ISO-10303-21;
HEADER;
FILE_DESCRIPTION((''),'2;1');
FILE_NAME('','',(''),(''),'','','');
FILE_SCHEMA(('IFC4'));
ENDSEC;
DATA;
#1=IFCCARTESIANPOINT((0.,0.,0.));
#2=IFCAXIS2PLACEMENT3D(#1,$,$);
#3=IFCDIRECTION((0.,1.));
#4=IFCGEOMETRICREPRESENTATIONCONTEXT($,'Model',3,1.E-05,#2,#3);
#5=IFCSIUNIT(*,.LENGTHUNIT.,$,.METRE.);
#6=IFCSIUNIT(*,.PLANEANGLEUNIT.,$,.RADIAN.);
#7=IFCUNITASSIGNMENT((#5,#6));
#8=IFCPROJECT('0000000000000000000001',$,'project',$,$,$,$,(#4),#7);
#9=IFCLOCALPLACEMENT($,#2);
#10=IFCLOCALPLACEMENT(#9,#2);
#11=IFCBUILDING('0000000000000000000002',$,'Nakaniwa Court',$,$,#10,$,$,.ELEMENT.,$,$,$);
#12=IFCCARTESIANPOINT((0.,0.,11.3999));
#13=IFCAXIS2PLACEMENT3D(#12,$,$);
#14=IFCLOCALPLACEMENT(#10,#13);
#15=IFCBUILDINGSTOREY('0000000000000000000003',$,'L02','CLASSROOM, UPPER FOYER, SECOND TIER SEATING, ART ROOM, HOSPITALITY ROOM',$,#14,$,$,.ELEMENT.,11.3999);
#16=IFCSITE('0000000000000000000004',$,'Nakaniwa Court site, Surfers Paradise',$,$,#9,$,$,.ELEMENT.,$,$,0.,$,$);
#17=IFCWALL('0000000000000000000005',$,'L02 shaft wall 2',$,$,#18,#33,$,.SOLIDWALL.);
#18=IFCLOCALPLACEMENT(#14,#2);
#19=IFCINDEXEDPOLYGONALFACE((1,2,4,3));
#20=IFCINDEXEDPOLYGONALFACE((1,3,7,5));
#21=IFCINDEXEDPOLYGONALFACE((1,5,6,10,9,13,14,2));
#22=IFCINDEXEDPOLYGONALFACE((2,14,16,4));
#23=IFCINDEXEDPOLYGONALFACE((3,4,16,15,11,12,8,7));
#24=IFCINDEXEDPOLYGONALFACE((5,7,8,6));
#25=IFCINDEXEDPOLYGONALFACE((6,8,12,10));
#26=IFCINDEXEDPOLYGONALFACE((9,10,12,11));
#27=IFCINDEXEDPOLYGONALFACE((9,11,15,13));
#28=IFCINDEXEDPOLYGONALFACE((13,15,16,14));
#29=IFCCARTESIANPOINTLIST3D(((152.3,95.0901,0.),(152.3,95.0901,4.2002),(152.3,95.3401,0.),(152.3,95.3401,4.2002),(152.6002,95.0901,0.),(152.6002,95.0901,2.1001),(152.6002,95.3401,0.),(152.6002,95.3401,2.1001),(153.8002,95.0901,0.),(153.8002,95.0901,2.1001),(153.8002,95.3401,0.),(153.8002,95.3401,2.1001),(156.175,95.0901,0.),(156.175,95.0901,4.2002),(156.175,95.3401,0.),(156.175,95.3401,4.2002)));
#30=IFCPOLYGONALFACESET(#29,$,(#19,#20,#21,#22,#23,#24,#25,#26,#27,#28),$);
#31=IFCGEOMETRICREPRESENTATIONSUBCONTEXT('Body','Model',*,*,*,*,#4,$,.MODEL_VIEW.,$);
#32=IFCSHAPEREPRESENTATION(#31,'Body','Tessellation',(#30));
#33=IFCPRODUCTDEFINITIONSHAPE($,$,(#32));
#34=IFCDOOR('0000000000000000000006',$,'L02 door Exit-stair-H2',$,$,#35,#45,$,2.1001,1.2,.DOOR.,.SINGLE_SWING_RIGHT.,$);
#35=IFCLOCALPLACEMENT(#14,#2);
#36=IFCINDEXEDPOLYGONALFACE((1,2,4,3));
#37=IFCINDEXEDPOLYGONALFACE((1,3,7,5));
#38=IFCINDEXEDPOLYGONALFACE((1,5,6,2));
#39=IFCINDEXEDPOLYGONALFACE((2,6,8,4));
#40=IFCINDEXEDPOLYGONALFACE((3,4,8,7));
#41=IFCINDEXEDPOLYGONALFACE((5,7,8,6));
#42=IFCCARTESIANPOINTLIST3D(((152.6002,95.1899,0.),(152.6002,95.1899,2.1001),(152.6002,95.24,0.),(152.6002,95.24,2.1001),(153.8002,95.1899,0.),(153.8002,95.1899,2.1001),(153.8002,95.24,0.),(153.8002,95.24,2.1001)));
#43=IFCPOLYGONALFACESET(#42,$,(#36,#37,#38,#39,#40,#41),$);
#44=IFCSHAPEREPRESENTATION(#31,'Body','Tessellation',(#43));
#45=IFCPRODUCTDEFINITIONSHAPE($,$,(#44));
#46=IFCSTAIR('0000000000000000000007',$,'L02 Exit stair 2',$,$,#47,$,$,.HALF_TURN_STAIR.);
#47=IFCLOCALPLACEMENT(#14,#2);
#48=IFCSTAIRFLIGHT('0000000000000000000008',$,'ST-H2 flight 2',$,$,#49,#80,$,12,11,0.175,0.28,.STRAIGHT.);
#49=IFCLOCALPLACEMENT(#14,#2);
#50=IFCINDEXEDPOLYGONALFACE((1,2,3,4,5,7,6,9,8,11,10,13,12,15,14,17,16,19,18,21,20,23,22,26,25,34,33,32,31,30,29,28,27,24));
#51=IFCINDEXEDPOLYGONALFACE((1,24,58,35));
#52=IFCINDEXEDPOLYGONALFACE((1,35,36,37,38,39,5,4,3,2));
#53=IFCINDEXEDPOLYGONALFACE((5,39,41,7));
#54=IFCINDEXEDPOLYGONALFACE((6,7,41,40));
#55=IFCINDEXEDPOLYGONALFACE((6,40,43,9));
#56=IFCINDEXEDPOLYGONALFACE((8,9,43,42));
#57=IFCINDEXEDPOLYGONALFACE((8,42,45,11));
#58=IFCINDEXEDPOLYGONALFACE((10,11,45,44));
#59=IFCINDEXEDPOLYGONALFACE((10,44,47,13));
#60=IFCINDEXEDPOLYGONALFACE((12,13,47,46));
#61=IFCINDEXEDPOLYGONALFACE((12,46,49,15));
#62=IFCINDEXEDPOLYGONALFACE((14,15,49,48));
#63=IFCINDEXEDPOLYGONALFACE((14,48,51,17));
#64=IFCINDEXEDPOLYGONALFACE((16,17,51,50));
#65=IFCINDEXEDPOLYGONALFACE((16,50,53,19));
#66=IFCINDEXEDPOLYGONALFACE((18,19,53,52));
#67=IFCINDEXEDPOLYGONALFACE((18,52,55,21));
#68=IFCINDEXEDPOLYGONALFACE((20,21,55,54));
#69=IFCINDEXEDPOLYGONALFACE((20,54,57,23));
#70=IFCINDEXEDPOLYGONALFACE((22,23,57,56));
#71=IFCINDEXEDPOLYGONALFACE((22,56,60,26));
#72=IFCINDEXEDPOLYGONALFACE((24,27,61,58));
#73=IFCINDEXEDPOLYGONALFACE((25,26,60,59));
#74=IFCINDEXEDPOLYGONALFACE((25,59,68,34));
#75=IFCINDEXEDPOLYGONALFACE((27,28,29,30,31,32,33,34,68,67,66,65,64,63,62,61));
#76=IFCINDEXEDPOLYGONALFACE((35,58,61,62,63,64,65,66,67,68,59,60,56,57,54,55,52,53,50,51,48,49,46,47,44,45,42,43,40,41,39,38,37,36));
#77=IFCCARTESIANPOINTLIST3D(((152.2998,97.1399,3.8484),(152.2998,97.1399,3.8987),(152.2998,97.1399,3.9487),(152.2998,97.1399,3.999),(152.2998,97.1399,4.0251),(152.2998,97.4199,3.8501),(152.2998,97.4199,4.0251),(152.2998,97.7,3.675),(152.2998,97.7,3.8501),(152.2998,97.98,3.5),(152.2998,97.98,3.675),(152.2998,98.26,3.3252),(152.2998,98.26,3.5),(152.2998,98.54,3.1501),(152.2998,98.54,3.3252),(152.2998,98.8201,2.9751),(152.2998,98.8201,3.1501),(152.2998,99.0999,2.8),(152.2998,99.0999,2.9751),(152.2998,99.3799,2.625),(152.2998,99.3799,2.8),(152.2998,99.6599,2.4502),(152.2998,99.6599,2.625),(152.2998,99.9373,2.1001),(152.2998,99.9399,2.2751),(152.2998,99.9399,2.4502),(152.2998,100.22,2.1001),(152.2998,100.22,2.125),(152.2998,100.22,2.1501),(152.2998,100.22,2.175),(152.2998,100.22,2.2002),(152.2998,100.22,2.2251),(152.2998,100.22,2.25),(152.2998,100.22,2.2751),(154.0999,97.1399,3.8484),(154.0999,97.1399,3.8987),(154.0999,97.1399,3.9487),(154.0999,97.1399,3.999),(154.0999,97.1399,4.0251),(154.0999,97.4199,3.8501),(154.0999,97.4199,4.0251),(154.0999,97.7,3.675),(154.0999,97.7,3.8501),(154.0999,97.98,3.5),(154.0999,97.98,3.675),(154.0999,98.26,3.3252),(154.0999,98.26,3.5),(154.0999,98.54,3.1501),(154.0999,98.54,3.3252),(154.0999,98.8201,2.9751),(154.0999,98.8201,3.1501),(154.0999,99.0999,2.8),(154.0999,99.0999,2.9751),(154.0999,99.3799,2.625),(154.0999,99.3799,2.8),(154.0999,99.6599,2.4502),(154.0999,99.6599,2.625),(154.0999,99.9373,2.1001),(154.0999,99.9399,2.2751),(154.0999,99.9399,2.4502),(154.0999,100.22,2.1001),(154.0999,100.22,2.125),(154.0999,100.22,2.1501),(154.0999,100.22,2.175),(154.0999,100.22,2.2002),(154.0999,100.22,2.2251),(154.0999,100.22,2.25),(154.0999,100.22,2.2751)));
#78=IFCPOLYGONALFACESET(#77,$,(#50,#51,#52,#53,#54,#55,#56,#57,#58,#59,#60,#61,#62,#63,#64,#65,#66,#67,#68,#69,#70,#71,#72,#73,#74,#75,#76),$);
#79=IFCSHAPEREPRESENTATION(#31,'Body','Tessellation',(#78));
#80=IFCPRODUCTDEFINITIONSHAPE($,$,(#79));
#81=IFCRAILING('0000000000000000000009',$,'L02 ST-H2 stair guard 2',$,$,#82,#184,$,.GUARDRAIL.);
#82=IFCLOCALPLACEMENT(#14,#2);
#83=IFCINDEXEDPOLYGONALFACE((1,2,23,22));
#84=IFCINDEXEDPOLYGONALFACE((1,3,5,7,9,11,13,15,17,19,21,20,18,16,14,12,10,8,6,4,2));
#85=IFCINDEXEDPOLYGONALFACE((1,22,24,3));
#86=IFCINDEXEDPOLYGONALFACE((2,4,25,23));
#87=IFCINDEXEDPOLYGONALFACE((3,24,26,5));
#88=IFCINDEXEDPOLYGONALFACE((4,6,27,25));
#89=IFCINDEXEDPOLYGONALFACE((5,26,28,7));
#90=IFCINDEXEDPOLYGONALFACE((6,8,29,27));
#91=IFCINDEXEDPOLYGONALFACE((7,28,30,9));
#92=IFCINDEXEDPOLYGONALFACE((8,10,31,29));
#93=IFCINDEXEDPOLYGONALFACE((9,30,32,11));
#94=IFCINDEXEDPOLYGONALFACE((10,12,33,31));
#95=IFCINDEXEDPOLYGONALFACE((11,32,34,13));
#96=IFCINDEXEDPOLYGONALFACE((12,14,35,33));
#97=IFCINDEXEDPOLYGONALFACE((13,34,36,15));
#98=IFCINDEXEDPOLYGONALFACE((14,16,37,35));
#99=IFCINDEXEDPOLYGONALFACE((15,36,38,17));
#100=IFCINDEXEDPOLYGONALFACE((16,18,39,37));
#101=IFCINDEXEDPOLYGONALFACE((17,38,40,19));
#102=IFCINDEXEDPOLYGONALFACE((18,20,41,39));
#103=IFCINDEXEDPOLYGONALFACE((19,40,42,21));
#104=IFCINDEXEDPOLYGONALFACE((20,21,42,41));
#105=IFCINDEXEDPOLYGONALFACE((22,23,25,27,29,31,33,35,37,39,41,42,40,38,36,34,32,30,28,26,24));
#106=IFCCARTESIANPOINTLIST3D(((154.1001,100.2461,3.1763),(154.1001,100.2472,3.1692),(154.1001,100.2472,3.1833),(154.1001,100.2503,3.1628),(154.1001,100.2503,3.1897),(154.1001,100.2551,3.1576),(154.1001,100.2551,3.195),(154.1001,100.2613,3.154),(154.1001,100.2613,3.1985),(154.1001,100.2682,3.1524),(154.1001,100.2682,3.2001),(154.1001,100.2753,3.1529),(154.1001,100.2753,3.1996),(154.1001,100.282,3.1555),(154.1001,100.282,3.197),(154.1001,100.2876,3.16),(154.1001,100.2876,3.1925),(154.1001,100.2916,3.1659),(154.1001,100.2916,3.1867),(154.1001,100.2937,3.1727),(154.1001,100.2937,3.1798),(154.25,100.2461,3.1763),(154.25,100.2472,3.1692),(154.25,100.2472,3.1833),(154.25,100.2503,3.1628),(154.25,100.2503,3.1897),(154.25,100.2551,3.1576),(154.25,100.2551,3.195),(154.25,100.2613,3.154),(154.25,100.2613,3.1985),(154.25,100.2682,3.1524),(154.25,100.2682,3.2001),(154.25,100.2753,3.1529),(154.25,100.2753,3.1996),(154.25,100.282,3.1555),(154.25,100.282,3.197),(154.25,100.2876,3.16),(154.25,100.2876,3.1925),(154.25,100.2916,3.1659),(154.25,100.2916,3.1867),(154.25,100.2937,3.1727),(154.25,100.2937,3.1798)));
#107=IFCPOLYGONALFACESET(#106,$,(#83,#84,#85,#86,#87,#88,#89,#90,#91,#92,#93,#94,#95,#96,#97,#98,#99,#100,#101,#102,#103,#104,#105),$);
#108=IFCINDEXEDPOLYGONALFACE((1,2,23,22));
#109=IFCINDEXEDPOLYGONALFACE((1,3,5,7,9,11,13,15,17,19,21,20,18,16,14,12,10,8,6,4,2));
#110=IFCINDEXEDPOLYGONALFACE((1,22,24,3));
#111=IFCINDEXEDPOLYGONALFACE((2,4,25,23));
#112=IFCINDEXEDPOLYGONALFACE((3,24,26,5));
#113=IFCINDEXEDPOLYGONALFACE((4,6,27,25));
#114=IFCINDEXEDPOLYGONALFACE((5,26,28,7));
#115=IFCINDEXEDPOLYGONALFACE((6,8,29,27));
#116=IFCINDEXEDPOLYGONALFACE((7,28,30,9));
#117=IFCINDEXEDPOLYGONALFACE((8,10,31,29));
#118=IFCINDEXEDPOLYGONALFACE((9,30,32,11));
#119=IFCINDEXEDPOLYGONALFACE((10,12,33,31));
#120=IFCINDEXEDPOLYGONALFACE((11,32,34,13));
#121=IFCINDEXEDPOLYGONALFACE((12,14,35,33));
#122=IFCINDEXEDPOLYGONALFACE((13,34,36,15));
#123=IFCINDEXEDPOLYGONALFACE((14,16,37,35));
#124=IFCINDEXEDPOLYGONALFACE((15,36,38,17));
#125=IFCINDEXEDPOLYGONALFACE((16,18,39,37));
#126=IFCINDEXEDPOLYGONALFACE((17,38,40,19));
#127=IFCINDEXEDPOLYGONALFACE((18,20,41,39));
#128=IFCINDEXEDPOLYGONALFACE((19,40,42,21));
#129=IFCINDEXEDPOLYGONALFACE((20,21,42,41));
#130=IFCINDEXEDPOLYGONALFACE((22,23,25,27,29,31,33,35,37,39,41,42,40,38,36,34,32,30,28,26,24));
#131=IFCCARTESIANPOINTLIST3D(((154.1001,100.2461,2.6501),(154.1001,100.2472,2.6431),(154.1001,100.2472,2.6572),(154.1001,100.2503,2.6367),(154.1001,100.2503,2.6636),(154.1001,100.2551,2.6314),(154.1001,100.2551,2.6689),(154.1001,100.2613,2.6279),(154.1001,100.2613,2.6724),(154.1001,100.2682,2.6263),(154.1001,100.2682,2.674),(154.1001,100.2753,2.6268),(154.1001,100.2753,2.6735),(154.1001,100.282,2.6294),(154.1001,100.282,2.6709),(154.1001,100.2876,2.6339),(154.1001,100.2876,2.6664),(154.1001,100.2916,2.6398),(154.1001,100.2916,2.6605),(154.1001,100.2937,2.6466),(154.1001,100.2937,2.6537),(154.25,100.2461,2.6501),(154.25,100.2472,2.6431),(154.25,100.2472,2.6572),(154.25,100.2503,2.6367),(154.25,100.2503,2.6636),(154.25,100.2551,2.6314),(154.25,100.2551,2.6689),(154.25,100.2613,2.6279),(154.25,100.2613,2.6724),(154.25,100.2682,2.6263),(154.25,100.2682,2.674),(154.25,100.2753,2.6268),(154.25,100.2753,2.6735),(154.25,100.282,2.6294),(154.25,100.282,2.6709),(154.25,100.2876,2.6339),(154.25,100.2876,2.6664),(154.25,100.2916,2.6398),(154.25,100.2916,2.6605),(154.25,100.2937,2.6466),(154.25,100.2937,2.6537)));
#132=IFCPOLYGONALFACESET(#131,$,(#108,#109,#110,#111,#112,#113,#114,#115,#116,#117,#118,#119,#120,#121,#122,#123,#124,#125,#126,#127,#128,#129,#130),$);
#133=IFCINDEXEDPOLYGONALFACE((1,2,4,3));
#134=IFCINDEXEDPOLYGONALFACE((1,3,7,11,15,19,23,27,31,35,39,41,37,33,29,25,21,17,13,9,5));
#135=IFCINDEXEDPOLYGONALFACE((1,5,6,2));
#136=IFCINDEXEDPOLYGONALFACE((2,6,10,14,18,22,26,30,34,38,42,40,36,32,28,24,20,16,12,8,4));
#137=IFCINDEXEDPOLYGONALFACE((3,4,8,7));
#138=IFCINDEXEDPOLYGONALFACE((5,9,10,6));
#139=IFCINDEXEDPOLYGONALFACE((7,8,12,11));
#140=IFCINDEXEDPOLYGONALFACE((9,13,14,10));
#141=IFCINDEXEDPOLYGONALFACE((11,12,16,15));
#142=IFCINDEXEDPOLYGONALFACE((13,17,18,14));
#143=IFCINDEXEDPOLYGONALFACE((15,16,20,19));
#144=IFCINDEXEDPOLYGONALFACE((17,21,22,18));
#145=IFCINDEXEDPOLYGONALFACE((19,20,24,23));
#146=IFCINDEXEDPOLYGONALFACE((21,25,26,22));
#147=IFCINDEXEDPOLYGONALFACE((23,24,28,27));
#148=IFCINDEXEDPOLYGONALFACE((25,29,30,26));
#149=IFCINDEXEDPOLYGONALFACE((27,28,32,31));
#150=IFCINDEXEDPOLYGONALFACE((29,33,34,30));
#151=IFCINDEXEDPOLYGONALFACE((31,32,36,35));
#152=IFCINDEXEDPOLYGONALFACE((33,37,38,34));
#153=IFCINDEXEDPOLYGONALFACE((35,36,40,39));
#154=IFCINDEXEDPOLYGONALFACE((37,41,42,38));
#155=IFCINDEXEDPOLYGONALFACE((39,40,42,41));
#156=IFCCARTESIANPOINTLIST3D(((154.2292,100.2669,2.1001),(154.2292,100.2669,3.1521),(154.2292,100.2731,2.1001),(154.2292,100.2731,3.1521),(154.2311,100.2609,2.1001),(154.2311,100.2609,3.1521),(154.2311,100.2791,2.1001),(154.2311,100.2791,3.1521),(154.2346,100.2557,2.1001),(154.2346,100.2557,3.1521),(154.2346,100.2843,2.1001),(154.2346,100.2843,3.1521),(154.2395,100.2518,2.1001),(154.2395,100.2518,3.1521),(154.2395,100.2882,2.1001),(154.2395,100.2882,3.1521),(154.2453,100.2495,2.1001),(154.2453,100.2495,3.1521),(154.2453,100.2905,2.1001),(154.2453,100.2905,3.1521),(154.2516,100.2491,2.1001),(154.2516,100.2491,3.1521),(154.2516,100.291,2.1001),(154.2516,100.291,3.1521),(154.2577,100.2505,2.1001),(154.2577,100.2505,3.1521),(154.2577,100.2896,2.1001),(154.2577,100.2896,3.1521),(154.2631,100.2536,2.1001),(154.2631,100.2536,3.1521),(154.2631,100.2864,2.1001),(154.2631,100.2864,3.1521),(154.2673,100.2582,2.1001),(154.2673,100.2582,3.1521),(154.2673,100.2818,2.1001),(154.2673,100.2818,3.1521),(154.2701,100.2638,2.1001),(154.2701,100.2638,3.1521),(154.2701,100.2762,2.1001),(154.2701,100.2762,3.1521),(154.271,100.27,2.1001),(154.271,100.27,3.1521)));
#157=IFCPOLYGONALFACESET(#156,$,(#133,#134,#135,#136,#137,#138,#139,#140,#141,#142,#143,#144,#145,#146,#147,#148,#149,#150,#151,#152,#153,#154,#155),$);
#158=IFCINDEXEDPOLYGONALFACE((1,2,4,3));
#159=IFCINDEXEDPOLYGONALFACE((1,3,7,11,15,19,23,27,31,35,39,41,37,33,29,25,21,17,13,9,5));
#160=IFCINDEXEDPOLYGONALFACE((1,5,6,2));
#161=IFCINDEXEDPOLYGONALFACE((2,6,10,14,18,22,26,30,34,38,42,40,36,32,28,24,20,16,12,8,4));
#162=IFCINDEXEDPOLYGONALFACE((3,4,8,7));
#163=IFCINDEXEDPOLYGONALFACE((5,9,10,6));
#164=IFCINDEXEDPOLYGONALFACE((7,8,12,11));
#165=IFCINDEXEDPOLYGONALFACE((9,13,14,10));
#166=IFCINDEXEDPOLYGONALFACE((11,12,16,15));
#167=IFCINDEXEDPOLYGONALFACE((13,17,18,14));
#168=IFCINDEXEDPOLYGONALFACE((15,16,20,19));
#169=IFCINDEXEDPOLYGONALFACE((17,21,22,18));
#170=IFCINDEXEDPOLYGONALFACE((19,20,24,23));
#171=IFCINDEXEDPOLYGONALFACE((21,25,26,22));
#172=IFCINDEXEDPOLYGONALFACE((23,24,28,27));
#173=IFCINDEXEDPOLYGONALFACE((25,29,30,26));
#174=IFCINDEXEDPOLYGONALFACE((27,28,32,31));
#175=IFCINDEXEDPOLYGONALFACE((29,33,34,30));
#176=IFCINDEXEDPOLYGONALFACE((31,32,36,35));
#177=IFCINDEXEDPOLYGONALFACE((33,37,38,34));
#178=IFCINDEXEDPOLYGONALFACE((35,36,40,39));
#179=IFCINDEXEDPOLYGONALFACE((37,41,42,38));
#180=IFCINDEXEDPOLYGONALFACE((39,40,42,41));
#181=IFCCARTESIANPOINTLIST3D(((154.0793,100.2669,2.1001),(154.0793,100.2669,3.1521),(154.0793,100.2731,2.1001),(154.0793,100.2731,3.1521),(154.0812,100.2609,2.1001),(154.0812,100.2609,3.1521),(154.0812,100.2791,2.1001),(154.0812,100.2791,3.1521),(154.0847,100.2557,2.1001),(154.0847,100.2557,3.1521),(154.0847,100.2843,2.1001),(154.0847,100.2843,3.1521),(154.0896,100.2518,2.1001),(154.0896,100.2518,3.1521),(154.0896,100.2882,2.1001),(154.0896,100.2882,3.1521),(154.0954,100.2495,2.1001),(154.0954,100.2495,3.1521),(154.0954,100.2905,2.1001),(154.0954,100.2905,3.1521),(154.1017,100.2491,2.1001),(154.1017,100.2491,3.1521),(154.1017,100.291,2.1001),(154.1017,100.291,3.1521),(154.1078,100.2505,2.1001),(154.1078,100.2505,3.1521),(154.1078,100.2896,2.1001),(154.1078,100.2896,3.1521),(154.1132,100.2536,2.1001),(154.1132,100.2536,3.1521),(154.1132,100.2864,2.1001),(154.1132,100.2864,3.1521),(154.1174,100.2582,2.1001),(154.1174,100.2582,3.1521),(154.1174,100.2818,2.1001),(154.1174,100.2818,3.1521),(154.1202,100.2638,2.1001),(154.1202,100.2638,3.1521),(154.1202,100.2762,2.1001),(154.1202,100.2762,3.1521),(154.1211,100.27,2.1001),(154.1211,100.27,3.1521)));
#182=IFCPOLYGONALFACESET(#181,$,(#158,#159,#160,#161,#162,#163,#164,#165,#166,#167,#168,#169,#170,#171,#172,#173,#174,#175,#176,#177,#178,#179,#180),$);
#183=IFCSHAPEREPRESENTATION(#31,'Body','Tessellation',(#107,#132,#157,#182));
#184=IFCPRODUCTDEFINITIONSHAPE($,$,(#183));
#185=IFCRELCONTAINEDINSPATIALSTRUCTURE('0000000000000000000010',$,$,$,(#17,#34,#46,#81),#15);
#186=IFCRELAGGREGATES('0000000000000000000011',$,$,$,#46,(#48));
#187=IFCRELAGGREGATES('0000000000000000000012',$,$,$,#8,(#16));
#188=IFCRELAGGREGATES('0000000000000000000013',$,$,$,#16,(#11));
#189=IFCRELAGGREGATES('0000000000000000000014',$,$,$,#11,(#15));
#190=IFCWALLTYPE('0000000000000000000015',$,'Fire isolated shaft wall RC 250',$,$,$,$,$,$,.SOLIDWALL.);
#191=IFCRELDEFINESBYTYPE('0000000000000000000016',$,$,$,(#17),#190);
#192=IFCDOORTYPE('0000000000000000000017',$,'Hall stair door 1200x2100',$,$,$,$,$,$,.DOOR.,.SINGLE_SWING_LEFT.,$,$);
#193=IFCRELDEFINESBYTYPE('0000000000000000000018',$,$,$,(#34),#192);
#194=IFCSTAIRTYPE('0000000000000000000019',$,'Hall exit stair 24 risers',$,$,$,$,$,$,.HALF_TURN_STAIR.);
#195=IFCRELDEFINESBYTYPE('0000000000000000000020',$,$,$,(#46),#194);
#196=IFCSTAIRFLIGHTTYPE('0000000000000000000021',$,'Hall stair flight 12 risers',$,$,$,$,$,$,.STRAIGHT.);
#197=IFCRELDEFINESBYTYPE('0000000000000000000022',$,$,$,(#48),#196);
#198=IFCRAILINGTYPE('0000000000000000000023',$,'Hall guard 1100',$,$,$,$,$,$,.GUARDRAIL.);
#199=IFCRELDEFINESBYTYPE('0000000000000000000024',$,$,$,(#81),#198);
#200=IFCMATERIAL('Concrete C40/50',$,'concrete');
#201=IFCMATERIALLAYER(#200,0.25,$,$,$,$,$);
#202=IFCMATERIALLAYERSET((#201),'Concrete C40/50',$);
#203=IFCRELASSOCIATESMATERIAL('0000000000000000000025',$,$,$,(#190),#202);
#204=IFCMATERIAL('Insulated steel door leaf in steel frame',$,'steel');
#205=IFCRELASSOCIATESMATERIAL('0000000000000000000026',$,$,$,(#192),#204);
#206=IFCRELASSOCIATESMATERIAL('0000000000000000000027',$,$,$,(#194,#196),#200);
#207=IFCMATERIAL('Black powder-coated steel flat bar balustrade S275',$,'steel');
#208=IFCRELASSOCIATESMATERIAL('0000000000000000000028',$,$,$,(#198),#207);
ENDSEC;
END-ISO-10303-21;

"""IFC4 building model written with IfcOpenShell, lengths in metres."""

from ifc_helpers import new_model, si_unit, direction, frame, frame_2d, origin, origin_2d, place, context, subcontext, project, spatial, polyline, rectangle, circle, outline, extrude, material, layer, layer_set, type_object, element, fill, aggregate, save


model = new_model("IFC4")

# Units and contexts
model_context = context("Model", 3, precision=1e-05, world=origin(), true_north=direction((0.0, 1.0)))
body_context = subcontext(model_context, "Body", "Model", "MODEL_VIEW")
ifc_project = project(units=[si_unit("LENGTHUNIT", "METRE"), si_unit("PLANEANGLEUNIT", "RADIAN")], contexts=[model_context])

# Site, building, storey
site_placement = place(None, origin())
site = spatial("IfcSite", under=ifc_project, at=site_placement, Name="Nakaniwa Court site, Surfers Paradise", CompositionType="ELEMENT", RefElevation=0.0)
building_placement = place(site_placement, origin())
building = spatial("IfcBuilding", under=site, at=building_placement, Name="Nakaniwa Court", CompositionType="ELEMENT")
storey_placement = place(building_placement, frame((0.0, 0.0, 11.3999)))
storey = spatial("IfcBuildingStorey", under=building, at=storey_placement, Name="L02", Description="CLASSROOM, UPPER FOYER, SECOND TIER SEATING, ART ROOM, HOSPITALITY ROOM", CompositionType="ELEMENT", Elevation=11.3999)

# Wall, opening, door
ifc_material_1 = material(Name="Concrete C40/50", Category="concrete")
ifc_layer_1 = layer(ifc_material_1, 0.25)
ifc_layer_set_1 = layer_set([ifc_layer_1], Name="Concrete C40/50")
wall_type_1 = type_object("IfcWallType", Name="Fire isolated shaft wall RC 250", PredefinedType="SOLIDWALL", material=ifc_layer_set_1)
wall_1_placement = place(storey_placement, frame((152.3, 95.2151, 0.0), z_axis=(0.0, 0.0, 1.0), x_axis=(1.0, 0.0, 0.0)))
wall_1 = element("IfcWall", 1, at=wall_1_placement, inside=storey, type_object=wall_type_1, Name="L02 shaft wall 2", PredefinedType="SOLIDWALL", context=body_context, shape_type="SweptSolid", body=[
    extrude(rectangle(XDim=3.875, YDim=0.25, at=frame_2d((1.9375, 0.0))), origin(), (0.0, 0.0, 1.0), 4.2002),
])
opening_placement = place(wall_1_placement, frame((0.3, 0.0, 0.0)))
opening = element("IfcOpeningElement", 2, at=opening_placement, cuts=wall_1, PredefinedType="OPENING", context=body_context, shape_type="SweptSolid", body=[
    extrude(rectangle(XDim=1.2, YDim=2.1001, at=frame_2d((0.6001, 1.05))), frame((0.0, 0.135, 0.0), z_axis=(0.0, -1.0, 0.0), x_axis=(1.0, 0.0, 0.0)), (0.0, 0.0, 1.0), 0.27),
])
ifc_material_2 = material(Name="Insulated steel door leaf in steel frame", Category="steel")
door_type = type_object("IfcDoorType", Name="Hall stair door 1200x2100", OperationType="SINGLE_SWING_LEFT", PredefinedType="DOOR", material=ifc_material_2)
door_placement = place(opening_placement, origin())
door = element("IfcDoor", 3, at=door_placement, inside=storey, type_object=door_type, Name="L02 door Exit-stair-H2", OperationType="SINGLE_SWING_RIGHT", OverallHeight=2.1001, OverallWidth=1.2, PredefinedType="DOOR", context=body_context, shape_type="SweptSolid", body=[
    extrude(rectangle(XDim=1.2, YDim=2.1001, at=frame_2d((0.6001, 1.05))), frame((0.0, 0.0249, 0.0), z_axis=(0.0, -1.0, 0.0), x_axis=(1.0, 0.0, 0.0)), (0.0, 0.0, 1.0), 0.05),
])
fill(opening, door)

# Stair, stair flight
stair_type = type_object("IfcStairType", Name="Hall exit stair 24 risers", PredefinedType="HALF_TURN_STAIR", material=ifc_material_1)
stair_placement = place(storey_placement, origin())
stair = element("IfcStair", 4, at=stair_placement, inside=storey, type_object=stair_type, Name="L02 Exit stair 2", PredefinedType="HALF_TURN_STAIR")
stair_flight_type = type_object("IfcStairFlightType", Name="Hall stair flight 12 risers", PredefinedType="STRAIGHT", material=ifc_material_1)
stair_flight_placement = place(storey_placement, frame((153.2, 100.22, 2.1001), z_axis=(0.0, 0.0, 1.0), x_axis=(0.0, -1.0, 0.0)))
stair_flight = element("IfcStairFlight", 5, at=stair_flight_placement, type_object=stair_flight_type, Name="ST-H2 flight 2", NumberOfRisers=12, NumberOfTreads=11, PredefinedType="STRAIGHT", RiserHeight=0.175, TreadLength=0.28, context=body_context, shape_type="SweptSolid", body=[
    extrude(outline(polyline([(0.0, 0.0), (0.0, 0.0249), (0.0, 0.05), (0.0, 0.075), (0.0, 0.1001), (0.0, 0.125), (0.0, 0.1499), (0.0, 0.175), (0.28, 0.175), (0.28, 0.3501), (0.5601, 0.3501), (0.5601, 0.5249), (0.8401, 0.5249), (0.8401, 0.7), (1.1201, 0.7), (1.1201, 0.875), (1.3999, 0.875), (1.3999, 1.05), (1.6799, 1.05), (1.6799, 1.2251), (1.96, 1.2251), (1.96, 1.3999), (2.24, 1.3999), (2.24, 1.575), (2.52, 1.575), (2.52, 1.75), (2.8, 1.75), (2.8, 1.925), (3.0801, 1.925), (3.0801, 2.1001), (3.0801, 2.0498), (3.0801, 1.9995), (3.0801, 1.9492), (3.0801, 1.8989), (3.0801, 1.8486), (3.0801, 1.7986), (3.0801, 1.7483), (0.2827, 0.0), (0.0, 0.0)])), frame((0.0, 0.8999, 0.0), z_axis=(0.0, -1.0, 0.0), x_axis=(1.0, 0.0, 0.0)), (0.0, 0.0, 1.0), 1.8),
])
aggregate(stair, [stair_flight])

# Railing
ifc_material_3 = material(Name="Black powder-coated steel flat bar balustrade S275", Category="steel")
railing_type_1 = type_object("IfcRailingType", Name="Hall guard 1100", PredefinedType="GUARDRAIL", material=ifc_material_3)
railing_1_placement = place(storey_placement, frame((154.25, 100.27, 2.1001)))
element("IfcRailing", 6, at=railing_1_placement, inside=storey, type_object=railing_type_1, Name="L02 ST-H2 stair guard 2", PredefinedType="GUARDRAIL", context=body_context, shape_type="SweptSolid", body=[
    extrude(circle(Radius=0.0239, at=origin_2d()), frame((0.0, 0.0, 1.0762), z_axis=(-1.0, 0.0, 0.0), x_axis=(0.0, -1.0, 0.0)), (0.0, 0.0, 1.0), 0.1499),
    extrude(circle(Radius=0.0239, at=origin_2d()), frame((0.0, 0.0, 0.55), z_axis=(-1.0, 0.0, 0.0), x_axis=(0.0, -1.0, 0.0)), (0.0, 0.0, 1.0), 0.1499),
    extrude(circle(Radius=0.021, at=origin_2d()), origin(), (0.0, 0.0, 1.0), 1.052),
    extrude(circle(Radius=0.021, at=origin_2d()), frame((-0.1499, 0.0, 0.0)), (0.0, 0.0, 1.0), 1.052),
])

save(model, "model.ifc")
